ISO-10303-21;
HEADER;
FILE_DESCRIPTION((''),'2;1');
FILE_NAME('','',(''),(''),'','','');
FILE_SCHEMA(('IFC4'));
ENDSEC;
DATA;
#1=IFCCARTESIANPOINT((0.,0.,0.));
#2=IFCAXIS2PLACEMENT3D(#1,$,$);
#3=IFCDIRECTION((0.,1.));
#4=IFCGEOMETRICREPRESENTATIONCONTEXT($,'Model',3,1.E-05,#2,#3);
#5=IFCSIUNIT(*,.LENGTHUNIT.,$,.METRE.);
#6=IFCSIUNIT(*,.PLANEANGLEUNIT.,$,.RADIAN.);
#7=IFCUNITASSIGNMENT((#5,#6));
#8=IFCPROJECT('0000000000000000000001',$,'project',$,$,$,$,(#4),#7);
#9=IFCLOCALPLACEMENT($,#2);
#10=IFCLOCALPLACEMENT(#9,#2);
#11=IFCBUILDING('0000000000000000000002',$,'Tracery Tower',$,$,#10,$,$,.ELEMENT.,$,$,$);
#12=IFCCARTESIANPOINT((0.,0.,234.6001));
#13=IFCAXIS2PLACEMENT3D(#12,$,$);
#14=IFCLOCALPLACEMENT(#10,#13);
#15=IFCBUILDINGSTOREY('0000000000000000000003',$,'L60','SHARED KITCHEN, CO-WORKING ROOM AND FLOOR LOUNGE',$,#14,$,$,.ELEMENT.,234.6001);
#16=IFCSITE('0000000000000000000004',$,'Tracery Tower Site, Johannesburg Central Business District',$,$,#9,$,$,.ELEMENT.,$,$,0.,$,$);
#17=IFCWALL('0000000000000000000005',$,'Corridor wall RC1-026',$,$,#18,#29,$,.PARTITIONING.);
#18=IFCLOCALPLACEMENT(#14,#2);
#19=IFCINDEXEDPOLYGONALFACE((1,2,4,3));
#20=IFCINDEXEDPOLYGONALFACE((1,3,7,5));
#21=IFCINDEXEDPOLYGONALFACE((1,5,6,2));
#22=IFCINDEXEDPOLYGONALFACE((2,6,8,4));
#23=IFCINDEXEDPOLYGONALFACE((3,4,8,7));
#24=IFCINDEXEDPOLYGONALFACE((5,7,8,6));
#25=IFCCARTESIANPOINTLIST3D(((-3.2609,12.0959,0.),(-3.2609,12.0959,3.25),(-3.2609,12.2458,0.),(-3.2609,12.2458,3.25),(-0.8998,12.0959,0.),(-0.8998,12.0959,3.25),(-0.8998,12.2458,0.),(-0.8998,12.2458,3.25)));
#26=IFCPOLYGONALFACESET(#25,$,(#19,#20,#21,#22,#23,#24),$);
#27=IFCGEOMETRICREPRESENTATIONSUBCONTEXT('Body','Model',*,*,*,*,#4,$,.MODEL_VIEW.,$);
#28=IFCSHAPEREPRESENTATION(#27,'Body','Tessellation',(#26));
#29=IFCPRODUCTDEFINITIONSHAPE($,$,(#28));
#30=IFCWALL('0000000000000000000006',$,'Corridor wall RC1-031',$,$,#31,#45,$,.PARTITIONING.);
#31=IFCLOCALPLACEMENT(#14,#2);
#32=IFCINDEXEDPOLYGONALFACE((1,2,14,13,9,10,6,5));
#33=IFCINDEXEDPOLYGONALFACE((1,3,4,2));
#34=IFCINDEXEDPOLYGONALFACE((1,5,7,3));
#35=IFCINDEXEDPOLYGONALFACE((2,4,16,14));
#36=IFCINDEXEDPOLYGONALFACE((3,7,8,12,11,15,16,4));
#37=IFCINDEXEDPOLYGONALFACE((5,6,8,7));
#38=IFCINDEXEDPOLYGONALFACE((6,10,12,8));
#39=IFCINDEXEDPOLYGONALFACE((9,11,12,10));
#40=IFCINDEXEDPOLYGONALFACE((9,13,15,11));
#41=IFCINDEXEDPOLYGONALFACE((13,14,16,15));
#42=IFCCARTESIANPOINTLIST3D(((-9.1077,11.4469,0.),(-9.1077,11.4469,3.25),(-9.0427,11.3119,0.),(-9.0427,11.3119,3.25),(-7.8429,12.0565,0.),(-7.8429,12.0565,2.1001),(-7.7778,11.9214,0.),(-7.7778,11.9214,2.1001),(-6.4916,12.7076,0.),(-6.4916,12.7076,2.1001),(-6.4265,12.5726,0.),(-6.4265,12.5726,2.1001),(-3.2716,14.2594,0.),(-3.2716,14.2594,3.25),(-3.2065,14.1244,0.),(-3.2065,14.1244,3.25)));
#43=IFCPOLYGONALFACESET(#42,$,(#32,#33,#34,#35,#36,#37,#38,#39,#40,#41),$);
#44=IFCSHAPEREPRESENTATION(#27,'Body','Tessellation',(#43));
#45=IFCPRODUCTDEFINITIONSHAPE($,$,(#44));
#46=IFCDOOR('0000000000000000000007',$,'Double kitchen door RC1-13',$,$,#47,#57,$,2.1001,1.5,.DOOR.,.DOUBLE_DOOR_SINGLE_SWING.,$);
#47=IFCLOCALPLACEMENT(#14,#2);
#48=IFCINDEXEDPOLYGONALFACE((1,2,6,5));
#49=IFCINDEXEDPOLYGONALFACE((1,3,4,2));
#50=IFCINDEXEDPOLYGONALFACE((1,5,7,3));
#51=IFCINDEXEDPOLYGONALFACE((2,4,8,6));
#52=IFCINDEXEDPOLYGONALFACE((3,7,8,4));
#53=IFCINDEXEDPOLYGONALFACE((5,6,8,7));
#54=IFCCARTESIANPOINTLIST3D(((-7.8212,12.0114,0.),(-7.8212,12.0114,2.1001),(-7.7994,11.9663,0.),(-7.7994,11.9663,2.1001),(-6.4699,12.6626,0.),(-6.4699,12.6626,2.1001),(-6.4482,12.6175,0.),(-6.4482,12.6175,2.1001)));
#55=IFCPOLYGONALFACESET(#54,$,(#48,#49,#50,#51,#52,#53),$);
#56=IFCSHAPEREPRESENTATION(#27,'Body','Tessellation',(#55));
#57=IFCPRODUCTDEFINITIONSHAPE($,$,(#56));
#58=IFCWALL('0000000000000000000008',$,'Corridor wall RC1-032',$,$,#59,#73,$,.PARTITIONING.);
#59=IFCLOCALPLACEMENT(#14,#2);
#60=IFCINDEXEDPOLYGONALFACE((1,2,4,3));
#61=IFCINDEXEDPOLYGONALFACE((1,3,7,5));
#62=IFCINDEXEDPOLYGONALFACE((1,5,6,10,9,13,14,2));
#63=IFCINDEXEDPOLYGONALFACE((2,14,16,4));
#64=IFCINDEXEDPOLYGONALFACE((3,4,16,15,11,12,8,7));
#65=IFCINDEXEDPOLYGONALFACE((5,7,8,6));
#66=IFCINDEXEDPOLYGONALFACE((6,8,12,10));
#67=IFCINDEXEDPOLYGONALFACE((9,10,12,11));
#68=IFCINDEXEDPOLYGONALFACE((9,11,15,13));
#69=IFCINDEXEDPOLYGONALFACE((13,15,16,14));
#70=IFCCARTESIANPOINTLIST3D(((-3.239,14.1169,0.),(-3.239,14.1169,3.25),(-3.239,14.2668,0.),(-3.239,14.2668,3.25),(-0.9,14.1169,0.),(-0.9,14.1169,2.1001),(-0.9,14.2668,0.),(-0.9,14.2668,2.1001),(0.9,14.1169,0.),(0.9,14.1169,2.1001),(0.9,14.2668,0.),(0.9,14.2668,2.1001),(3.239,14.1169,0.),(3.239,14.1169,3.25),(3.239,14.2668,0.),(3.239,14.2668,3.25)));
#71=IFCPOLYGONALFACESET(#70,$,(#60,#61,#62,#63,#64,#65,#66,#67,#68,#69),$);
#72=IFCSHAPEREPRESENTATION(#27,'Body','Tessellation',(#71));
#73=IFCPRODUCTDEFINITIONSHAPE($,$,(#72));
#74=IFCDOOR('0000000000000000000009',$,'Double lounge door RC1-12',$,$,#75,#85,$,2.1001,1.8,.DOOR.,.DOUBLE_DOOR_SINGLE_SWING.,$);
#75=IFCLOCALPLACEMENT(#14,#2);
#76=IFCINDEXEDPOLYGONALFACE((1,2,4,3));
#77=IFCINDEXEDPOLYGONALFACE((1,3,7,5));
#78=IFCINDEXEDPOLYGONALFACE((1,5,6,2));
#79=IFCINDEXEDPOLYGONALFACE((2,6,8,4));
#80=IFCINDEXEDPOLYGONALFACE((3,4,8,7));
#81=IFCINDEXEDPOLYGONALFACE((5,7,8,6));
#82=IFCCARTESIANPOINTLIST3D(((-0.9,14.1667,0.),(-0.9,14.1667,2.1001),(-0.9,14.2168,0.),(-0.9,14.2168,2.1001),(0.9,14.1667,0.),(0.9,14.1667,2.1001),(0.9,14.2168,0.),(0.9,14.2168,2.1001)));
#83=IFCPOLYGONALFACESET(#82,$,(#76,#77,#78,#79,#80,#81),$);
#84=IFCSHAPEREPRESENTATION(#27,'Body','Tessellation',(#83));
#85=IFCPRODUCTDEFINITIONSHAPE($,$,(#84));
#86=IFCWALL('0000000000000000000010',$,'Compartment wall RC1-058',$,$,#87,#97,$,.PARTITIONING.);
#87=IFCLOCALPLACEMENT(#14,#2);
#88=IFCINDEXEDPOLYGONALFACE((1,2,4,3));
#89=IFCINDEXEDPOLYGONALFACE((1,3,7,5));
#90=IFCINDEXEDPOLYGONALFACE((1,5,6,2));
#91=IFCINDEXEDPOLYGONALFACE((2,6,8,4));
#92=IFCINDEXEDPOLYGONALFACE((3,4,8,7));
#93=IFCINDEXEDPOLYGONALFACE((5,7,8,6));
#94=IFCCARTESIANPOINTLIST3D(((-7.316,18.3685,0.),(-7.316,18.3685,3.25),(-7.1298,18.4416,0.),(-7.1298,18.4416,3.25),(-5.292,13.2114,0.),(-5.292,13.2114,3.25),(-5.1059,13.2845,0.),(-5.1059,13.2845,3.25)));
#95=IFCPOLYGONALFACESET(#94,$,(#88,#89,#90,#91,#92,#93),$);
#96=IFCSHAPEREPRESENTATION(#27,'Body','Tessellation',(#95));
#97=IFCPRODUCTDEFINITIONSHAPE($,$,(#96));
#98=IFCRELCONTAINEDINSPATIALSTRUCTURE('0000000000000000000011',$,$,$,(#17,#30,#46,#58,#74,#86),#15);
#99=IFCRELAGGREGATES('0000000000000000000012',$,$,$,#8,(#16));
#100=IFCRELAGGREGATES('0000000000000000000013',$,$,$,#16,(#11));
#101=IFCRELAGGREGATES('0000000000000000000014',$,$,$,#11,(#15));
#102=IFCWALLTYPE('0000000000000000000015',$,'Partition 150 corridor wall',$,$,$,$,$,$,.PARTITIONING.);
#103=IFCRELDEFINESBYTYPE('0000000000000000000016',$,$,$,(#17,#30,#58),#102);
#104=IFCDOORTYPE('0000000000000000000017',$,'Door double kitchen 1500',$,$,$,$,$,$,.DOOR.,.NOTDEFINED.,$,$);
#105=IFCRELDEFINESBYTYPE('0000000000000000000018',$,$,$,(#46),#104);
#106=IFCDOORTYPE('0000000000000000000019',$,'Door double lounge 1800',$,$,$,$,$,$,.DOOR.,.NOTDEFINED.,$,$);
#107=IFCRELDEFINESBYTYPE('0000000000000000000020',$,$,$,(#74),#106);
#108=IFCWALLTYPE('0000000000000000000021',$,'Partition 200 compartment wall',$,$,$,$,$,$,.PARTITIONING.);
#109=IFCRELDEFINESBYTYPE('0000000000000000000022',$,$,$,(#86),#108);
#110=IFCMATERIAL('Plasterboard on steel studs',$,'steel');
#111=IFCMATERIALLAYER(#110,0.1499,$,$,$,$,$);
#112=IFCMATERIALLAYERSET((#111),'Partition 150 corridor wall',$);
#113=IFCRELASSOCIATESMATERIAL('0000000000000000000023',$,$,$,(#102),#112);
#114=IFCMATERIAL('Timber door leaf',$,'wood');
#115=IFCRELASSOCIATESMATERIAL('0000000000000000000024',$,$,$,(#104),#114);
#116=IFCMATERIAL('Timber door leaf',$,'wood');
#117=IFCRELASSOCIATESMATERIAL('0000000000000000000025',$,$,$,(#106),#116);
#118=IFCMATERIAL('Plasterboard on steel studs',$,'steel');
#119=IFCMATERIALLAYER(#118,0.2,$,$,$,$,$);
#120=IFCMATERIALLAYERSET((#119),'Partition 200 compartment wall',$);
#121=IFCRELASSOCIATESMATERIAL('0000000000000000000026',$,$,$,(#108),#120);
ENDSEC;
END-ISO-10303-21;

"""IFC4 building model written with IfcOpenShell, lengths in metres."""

from ifc_helpers import new_model, si_unit, direction, frame, frame_2d, origin, place, context, subcontext, project, spatial, rectangle, extrude, material, layer, layer_set, type_object, element, fill, save


model = new_model("IFC4")

# Units and contexts
model_context = context("Model", 3, precision=1e-05, world=origin(), true_north=direction((0.0, 1.0)))
body_context = subcontext(model_context, "Body", "Model", "MODEL_VIEW")
ifc_project = project(units=[si_unit("LENGTHUNIT", "METRE"), si_unit("PLANEANGLEUNIT", "RADIAN")], contexts=[model_context])

# Site, building, storey
site_placement = place(None, origin())
site = spatial("IfcSite", under=ifc_project, at=site_placement, Name="Tracery Tower Site, Johannesburg Central Business District", CompositionType="ELEMENT", RefElevation=0.0)
building_placement = place(site_placement, origin())
building = spatial("IfcBuilding", under=site, at=building_placement, Name="Tracery Tower", CompositionType="ELEMENT")
storey_placement = place(building_placement, frame((0.0, 0.0, 234.6001)))
storey = spatial("IfcBuildingStorey", under=building, at=storey_placement, Name="L60", Description="SHARED KITCHEN, CO-WORKING ROOM AND FLOOR LOUNGE", CompositionType="ELEMENT", Elevation=234.6001)

# Shared definitions
ifc_material_1 = material(Name="Plasterboard on steel studs", Category="steel")
ifc_layer_1 = layer(ifc_material_1, 0.1499)
ifc_layer_set_1 = layer_set([ifc_layer_1], Name="Partition 150 corridor wall")
wall_type_1 = type_object("IfcWallType", Name="Partition 150 corridor wall", PredefinedType="PARTITIONING", material=ifc_layer_set_1)

# Wall
wall_1_placement = place(storey_placement, frame((-3.261, 12.1709, 0.0), z_axis=(0.0, 0.0, 1.0), x_axis=(1.0, 0.0, 0.0)))
element("IfcWall", 1, at=wall_1_placement, inside=storey, type_object=wall_type_1, Name="Corridor wall RC1-026", PredefinedType="PARTITIONING", context=body_context, shape_type="SweptSolid", body=[
    extrude(rectangle(XDim=2.3611, YDim=0.1499, at=frame_2d((1.1807, 0.0))), origin(), (0.0, 0.0, 1.0), 3.25),
])

# Walls, openings, doors
wall_2_placement = place(storey_placement, frame((-9.0752, 11.3794, 0.0), z_axis=(0.0, 0.0, 1.0), x_axis=(0.900852, 0.434127, 0.0)))
wall_2 = element("IfcWall", 2, at=wall_2_placement, inside=storey, type_object=wall_type_1, Name="Corridor wall RC1-031", PredefinedType="PARTITIONING", context=body_context, shape_type="SweptSolid", body=[
    extrude(rectangle(XDim=6.4785, YDim=0.1499, at=frame_2d((3.2393, 0.0))), origin(), (0.0, 0.0, 1.0), 3.25),
])
opening_1_placement = place(wall_2_placement, frame((1.4041, 0.0, 0.0)))
opening_1 = element("IfcOpeningElement", 3, at=opening_1_placement, cuts=wall_2, PredefinedType="OPENING", context=body_context, shape_type="SweptSolid", body=[
    extrude(rectangle(XDim=1.5, YDim=2.1001, at=frame_2d((0.75, 1.05))), frame((0.0, 0.075, 0.0), z_axis=(0.0, -1.0, 0.0), x_axis=(1.0, 0.0, 0.0)), (0.0, 0.0, 1.0), 0.1499),
])
ifc_material_2 = material(Name="Timber door leaf", Category="wood")
door_type_1 = type_object("IfcDoorType", Name="Door double kitchen 1500", OperationType="NOTDEFINED", PredefinedType="DOOR", material=ifc_material_2)
door_1_placement = place(opening_1_placement, origin())
door_1 = element("IfcDoor", 4, at=door_1_placement, inside=storey, type_object=door_type_1, Name="Double kitchen door RC1-13", OperationType="DOUBLE_DOOR_SINGLE_SWING", OverallHeight=2.1001, OverallWidth=1.5, PredefinedType="DOOR", context=body_context, shape_type="SweptSolid", body=[
    extrude(rectangle(XDim=1.5, YDim=2.1001, at=frame_2d((0.75, 1.05))), frame((0.0, 0.0249, 0.0), z_axis=(0.0, -1.0, 0.0), x_axis=(1.0, 0.0, 0.0)), (0.0, 0.0, 1.0), 0.05),
])
fill(opening_1, door_1)
wall_3_placement = place(storey_placement, frame((-3.239, 14.1919, 0.0), z_axis=(0.0, 0.0, 1.0), x_axis=(1.0, 0.0, 0.0)))
wall_3 = element("IfcWall", 5, at=wall_3_placement, inside=storey, type_object=wall_type_1, Name="Corridor wall RC1-032", PredefinedType="PARTITIONING", context=body_context, shape_type="SweptSolid", body=[
    extrude(rectangle(XDim=6.478, YDim=0.1499, at=frame_2d((3.239, 0.0))), origin(), (0.0, 0.0, 1.0), 3.25),
])
opening_2_placement = place(wall_3_placement, frame((2.3391, 0.0, 0.0)))
opening_2 = element("IfcOpeningElement", 6, at=opening_2_placement, cuts=wall_3, PredefinedType="OPENING", context=body_context, shape_type="SweptSolid", body=[
    extrude(rectangle(XDim=1.8, YDim=2.1001, at=frame_2d((0.8999, 1.05))), frame((0.0, 0.075, 0.0), z_axis=(0.0, -1.0, 0.0), x_axis=(1.0, 0.0, 0.0)), (0.0, 0.0, 1.0), 0.1499),
])
ifc_material_3 = material(Name="Timber door leaf", Category="wood")
door_type_2 = type_object("IfcDoorType", Name="Door double lounge 1800", OperationType="NOTDEFINED", PredefinedType="DOOR", material=ifc_material_3)
door_2_placement = place(opening_2_placement, origin())
door_2 = element("IfcDoor", 7, at=door_2_placement, inside=storey, type_object=door_type_2, Name="Double lounge door RC1-12", OperationType="DOUBLE_DOOR_SINGLE_SWING", OverallHeight=2.1001, OverallWidth=1.8, PredefinedType="DOOR", context=body_context, shape_type="SweptSolid", body=[
    extrude(rectangle(XDim=1.8, YDim=2.1001, at=frame_2d((0.8999, 1.05))), frame((0.0, 0.0249, 0.0), z_axis=(0.0, -1.0, 0.0), x_axis=(1.0, 0.0, 0.0)), (0.0, 0.0, 1.0), 0.05),
])
fill(opening_2, door_2)

# Wall
ifc_material_4 = material(Name="Plasterboard on steel studs", Category="steel")
ifc_layer_2 = layer(ifc_material_4, 0.2)
ifc_layer_set_2 = layer_set([ifc_layer_2], Name="Partition 200 compartment wall")
wall_type_2 = type_object("IfcWallType", Name="Partition 200 compartment wall", PredefinedType="PARTITIONING", material=ifc_layer_set_2)
wall_4_placement = place(storey_placement, frame((-7.2229, 18.405, 0.0), z_axis=(0.0, 0.0, 1.0), x_axis=(0.365335, -0.930876, 0.0)))
element("IfcWall", 8, at=wall_4_placement, inside=storey, type_object=wall_type_2, Name="Compartment wall RC1-058", PredefinedType="PARTITIONING", context=body_context, shape_type="SweptSolid", body=[
    extrude(rectangle(XDim=5.54, YDim=0.2, at=frame_2d((2.77, 0.0))), origin(), (0.0, 0.0, 1.0), 3.25),
])

save(model, "model.ifc")
